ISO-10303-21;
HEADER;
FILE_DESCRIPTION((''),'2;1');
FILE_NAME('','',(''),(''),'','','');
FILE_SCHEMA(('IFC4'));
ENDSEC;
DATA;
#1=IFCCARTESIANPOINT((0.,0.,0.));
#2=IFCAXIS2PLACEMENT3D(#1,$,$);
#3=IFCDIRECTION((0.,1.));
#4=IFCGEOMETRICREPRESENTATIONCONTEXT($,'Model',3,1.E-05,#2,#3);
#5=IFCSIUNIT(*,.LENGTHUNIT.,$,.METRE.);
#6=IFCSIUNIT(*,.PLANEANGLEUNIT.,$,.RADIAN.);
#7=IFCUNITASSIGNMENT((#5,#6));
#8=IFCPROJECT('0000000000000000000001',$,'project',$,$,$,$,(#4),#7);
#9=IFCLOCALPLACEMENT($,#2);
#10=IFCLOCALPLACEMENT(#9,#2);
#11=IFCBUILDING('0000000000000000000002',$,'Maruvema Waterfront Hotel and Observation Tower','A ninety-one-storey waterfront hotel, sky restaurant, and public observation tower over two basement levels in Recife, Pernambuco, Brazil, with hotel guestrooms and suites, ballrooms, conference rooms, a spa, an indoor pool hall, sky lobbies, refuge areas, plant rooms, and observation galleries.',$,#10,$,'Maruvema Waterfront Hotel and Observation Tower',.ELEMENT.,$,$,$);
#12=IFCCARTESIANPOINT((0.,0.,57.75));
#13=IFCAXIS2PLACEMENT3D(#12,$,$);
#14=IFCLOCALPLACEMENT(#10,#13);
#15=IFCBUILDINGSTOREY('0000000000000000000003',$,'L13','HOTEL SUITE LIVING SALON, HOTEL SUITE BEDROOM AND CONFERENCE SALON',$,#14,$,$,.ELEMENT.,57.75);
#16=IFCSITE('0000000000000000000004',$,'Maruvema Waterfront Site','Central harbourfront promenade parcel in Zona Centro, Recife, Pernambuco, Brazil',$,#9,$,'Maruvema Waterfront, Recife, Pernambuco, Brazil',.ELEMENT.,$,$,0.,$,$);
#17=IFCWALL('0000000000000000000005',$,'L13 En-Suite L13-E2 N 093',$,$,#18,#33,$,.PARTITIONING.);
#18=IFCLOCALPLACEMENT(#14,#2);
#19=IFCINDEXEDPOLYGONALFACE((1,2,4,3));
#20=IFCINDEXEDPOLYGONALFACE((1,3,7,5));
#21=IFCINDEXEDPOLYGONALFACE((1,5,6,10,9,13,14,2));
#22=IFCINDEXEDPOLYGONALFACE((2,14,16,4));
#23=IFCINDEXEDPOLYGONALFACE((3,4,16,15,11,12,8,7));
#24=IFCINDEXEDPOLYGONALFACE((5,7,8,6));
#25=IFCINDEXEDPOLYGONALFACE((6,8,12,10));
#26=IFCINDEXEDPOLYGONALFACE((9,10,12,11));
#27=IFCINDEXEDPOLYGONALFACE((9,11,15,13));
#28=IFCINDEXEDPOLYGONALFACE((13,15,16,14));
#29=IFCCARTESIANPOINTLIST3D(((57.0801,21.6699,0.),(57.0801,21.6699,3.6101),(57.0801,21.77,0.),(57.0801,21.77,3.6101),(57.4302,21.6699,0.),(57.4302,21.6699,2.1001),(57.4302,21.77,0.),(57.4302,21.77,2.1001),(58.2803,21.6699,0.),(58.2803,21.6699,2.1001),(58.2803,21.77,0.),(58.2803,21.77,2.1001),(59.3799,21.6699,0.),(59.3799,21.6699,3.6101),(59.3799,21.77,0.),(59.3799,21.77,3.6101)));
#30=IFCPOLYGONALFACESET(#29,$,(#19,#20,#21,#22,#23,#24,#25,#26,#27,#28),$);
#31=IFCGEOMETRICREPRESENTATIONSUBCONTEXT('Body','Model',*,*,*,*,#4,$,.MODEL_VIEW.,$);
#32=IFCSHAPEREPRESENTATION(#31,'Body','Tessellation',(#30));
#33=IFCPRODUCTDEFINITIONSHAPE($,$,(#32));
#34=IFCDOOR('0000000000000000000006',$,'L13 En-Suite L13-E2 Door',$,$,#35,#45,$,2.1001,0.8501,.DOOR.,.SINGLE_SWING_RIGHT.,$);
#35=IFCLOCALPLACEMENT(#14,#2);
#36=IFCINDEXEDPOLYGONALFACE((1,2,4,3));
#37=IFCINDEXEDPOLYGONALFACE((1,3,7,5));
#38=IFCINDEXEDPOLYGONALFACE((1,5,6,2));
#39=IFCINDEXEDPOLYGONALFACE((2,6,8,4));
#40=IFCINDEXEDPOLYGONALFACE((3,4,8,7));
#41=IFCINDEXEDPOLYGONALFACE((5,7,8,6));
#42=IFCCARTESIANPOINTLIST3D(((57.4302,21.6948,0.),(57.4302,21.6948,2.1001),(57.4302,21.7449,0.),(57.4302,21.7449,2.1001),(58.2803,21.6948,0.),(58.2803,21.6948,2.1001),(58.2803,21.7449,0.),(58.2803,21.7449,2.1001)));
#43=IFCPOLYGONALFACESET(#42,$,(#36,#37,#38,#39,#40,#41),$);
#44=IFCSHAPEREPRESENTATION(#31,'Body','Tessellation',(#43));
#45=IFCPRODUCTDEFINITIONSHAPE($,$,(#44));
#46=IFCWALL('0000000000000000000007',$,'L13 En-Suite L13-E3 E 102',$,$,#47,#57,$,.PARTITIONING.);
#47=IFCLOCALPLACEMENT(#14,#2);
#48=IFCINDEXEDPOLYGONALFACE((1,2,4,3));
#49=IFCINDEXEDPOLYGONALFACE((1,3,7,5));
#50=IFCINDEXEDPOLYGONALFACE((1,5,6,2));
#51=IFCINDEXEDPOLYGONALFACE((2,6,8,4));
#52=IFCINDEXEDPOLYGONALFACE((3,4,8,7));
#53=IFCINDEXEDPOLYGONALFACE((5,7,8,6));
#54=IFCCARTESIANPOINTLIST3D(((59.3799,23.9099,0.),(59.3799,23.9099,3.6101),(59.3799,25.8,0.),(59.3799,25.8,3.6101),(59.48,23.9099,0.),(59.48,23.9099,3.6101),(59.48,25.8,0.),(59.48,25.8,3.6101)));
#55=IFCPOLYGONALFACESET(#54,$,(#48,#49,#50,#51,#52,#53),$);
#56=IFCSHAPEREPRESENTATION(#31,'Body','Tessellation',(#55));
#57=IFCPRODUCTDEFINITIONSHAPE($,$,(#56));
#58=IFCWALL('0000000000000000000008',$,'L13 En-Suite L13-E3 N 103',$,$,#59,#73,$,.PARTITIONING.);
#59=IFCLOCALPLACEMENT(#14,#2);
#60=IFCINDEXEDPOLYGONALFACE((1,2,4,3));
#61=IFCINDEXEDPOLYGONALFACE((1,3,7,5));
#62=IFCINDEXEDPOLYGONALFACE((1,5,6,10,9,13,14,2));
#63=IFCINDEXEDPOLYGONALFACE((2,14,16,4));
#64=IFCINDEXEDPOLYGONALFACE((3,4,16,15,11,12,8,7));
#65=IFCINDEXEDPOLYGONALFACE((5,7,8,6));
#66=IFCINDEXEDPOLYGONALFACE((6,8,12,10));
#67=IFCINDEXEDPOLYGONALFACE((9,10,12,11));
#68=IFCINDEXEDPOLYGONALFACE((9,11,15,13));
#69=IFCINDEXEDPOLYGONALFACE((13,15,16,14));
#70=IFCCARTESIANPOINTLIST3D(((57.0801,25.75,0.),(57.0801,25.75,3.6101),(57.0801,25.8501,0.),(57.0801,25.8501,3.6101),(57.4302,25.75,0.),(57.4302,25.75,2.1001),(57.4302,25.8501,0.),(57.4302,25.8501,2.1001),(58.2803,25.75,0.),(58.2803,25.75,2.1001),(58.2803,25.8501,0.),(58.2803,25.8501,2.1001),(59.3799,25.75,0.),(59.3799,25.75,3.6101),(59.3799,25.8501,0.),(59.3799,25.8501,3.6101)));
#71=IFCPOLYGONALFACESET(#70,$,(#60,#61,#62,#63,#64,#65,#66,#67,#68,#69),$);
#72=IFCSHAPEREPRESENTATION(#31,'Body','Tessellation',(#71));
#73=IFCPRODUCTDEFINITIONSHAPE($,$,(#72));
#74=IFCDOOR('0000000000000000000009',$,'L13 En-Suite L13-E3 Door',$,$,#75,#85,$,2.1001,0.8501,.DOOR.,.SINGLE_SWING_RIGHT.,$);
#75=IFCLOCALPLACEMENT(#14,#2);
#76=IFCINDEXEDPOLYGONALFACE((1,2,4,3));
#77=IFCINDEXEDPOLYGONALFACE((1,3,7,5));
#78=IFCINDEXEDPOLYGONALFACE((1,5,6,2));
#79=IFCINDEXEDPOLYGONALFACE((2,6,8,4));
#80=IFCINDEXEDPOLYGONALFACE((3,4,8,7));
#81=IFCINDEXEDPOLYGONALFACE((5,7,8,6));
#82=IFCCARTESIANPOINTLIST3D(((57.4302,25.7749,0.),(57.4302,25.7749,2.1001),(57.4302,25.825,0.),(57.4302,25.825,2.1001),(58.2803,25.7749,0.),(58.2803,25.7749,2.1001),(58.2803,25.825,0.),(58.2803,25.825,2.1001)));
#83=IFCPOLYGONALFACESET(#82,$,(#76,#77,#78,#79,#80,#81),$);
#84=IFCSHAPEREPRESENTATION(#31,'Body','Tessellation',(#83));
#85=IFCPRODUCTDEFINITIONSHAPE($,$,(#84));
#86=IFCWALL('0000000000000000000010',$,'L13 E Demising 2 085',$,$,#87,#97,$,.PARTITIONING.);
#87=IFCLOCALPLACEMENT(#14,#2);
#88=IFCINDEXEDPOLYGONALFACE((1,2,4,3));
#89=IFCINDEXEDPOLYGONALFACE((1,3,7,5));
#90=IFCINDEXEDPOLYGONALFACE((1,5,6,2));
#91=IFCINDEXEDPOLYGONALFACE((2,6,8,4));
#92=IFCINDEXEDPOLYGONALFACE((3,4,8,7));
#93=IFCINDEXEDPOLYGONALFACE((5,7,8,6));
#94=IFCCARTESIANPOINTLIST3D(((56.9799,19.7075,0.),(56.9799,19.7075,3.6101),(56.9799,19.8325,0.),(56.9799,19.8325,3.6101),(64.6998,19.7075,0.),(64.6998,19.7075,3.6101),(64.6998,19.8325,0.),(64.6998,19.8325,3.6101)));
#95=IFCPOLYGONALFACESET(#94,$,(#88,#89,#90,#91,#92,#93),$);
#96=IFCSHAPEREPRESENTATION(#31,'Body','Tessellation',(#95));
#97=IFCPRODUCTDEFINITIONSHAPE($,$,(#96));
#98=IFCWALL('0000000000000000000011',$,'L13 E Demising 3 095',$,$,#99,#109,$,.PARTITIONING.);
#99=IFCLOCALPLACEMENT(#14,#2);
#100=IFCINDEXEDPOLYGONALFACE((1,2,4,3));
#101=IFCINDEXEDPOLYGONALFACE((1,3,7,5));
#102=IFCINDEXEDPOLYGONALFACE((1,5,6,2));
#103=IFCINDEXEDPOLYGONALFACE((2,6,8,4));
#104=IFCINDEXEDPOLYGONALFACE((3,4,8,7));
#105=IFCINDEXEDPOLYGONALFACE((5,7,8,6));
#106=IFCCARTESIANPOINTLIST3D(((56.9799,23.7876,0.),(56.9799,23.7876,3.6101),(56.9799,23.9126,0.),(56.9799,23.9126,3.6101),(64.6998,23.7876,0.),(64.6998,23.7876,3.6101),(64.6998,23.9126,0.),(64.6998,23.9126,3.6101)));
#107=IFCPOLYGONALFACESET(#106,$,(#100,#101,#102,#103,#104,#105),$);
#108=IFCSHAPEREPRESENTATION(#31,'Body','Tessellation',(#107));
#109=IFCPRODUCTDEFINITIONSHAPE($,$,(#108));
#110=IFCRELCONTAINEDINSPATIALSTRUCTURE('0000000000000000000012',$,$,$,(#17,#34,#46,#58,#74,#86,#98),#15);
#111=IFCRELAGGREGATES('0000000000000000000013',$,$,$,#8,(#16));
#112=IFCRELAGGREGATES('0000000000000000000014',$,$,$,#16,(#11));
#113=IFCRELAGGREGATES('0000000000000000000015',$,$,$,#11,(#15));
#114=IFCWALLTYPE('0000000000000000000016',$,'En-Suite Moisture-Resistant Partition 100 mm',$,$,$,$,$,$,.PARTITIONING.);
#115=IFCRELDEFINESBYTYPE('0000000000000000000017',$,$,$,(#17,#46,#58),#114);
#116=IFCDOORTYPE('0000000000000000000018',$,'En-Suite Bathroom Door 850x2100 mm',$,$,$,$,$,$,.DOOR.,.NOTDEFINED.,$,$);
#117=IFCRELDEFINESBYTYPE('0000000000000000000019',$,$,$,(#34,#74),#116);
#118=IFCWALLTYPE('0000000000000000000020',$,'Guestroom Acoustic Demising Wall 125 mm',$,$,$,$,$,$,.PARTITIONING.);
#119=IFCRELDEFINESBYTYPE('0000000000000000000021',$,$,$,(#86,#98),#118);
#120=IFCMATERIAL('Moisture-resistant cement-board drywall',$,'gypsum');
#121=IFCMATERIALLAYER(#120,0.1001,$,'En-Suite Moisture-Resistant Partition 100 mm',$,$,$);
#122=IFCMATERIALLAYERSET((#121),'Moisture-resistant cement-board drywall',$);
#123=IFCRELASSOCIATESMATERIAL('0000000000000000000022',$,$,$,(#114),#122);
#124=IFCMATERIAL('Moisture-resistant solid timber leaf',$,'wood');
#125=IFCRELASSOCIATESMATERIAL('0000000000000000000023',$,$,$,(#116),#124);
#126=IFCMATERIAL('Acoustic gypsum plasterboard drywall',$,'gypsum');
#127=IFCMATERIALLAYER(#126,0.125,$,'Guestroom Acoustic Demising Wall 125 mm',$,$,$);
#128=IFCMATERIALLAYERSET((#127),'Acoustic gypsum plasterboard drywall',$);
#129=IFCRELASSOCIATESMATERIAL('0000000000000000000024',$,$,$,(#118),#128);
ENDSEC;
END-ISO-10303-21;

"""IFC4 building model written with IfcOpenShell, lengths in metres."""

from ifc_helpers import new_model, si_unit, direction, frame, frame_2d, origin, place, context, subcontext, project, spatial, rectangle, extrude, material, layer, layer_set, type_object, element, fill, save


model = new_model("IFC4")

# Units and contexts
model_context = context("Model", 3, precision=1e-05, world=origin(), true_north=direction((0.0, 1.0)))
body_context = subcontext(model_context, "Body", "Model", "MODEL_VIEW")
ifc_project = project(units=[si_unit("LENGTHUNIT", "METRE"), si_unit("PLANEANGLEUNIT", "RADIAN")], contexts=[model_context])

# Site, building, storey
site_placement = place(None, origin())
site = spatial("IfcSite", under=ifc_project, at=site_placement, Name="Maruvema Waterfront Site", Description="Central harbourfront promenade parcel in Zona Centro, Recife, Pernambuco, Brazil", LongName="Maruvema Waterfront, Recife, Pernambuco, Brazil", CompositionType="ELEMENT", RefElevation=0.0)
building_placement = place(site_placement, origin())
building = spatial("IfcBuilding", under=site, at=building_placement, Name="Maruvema Waterfront Hotel and Observation Tower", Description="A ninety-one-storey waterfront hotel, sky restaurant, and public observation tower over two basement levels in Recife, Pernambuco, Brazil, with hotel guestrooms and suites, ballrooms, conference rooms, a spa, an indoor pool hall, sky lobbies, refuge areas, plant rooms, and observation galleries.", LongName="Maruvema Waterfront Hotel and Observation Tower", CompositionType="ELEMENT")
storey_placement = place(building_placement, frame((0.0, 0.0, 57.75)))
storey = spatial("IfcBuildingStorey", under=building, at=storey_placement, Name="L13", Description="HOTEL SUITE LIVING SALON, HOTEL SUITE BEDROOM AND CONFERENCE SALON", CompositionType="ELEMENT", Elevation=57.75)

# Shared definitions
ifc_material_1 = material(Name="Moisture-resistant cement-board drywall", Category="gypsum")
ifc_layer_1 = layer(ifc_material_1, 0.1001, Name="En-Suite Moisture-Resistant Partition 100 mm")
ifc_layer_set_1 = layer_set([ifc_layer_1], Name="Moisture-resistant cement-board drywall")
wall_type_1 = type_object("IfcWallType", Name="En-Suite Moisture-Resistant Partition 100 mm", PredefinedType="PARTITIONING", material=ifc_layer_set_1)

# Wall, opening, door
wall_1_placement = place(storey_placement, frame((57.0801, 21.72, 0.0), z_axis=(0.0, 0.0, 1.0), x_axis=(1.0, 0.0, 0.0)))
wall_1 = element("IfcWall", 1, at=wall_1_placement, inside=storey, type_object=wall_type_1, Name="L13 En-Suite L13-E2 N 093", PredefinedType="PARTITIONING", context=body_context, shape_type="SweptSolid", body=[
    extrude(rectangle(XDim=2.2998, YDim=0.1001, at=frame_2d((1.1499, 0.0))), origin(), (0.0, 0.0, 1.0), 3.6101),
])
opening_1_placement = place(wall_1_placement, frame((0.3501, 0.0, 0.0)))
opening_1 = element("IfcOpeningElement", 2, at=opening_1_placement, cuts=wall_1, PredefinedType="OPENING", context=body_context, shape_type="SweptSolid", body=[
    extrude(rectangle(XDim=0.8501, YDim=2.1001, at=frame_2d((0.425, 1.05))), frame((0.0, 0.0601, 0.0), z_axis=(0.0, -1.0, 0.0), x_axis=(1.0, 0.0, 0.0)), (0.0, 0.0, 1.0), 0.1201),
])
ifc_material_2 = material(Name="Moisture-resistant solid timber leaf", Category="wood")
door_type_1 = type_object("IfcDoorType", Name="En-Suite Bathroom Door 850x2100 mm", OperationType="NOTDEFINED", PredefinedType="DOOR", material=ifc_material_2)
door_1_placement = place(opening_1_placement, origin())
door_1 = element("IfcDoor", 3, at=door_1_placement, inside=storey, type_object=door_type_1, Name="L13 En-Suite L13-E2 Door", OperationType="SINGLE_SWING_RIGHT", OverallHeight=2.1001, OverallWidth=0.8501, PredefinedType="DOOR", context=body_context, shape_type="SweptSolid", body=[
    extrude(rectangle(XDim=0.8501, YDim=2.1001, at=frame_2d((0.425, 1.05))), frame((0.0, 0.0249, 0.0), z_axis=(0.0, -1.0, 0.0), x_axis=(1.0, 0.0, 0.0)), (0.0, 0.0, 1.0), 0.05),
])
fill(opening_1, door_1)

# Wall
wall_2_placement = place(storey_placement, frame((59.4299, 23.9099, 0.0), z_axis=(0.0, 0.0, 1.0), x_axis=(0.0, 1.0, 0.0)))
element("IfcWall", 4, at=wall_2_placement, inside=storey, type_object=wall_type_1, Name="L13 En-Suite L13-E3 E 102", PredefinedType="PARTITIONING", context=body_context, shape_type="SweptSolid", body=[
    extrude(rectangle(XDim=1.8901, YDim=0.1001, at=frame_2d((0.9451, 0.0))), origin(), (0.0, 0.0, 1.0), 3.6101),
])

# Wall, opening, door
wall_3_placement = place(storey_placement, frame((57.0801, 25.8, 0.0), z_axis=(0.0, 0.0, 1.0), x_axis=(1.0, 0.0, 0.0)))
wall_3 = element("IfcWall", 5, at=wall_3_placement, inside=storey, type_object=wall_type_1, Name="L13 En-Suite L13-E3 N 103", PredefinedType="PARTITIONING", context=body_context, shape_type="SweptSolid", body=[
    extrude(rectangle(XDim=2.2998, YDim=0.1001, at=frame_2d((1.1499, 0.0))), origin(), (0.0, 0.0, 1.0), 3.6101),
])
opening_2_placement = place(wall_3_placement, frame((0.3501, 0.0, 0.0)))
opening_2 = element("IfcOpeningElement", 6, at=opening_2_placement, cuts=wall_3, PredefinedType="OPENING", context=body_context, shape_type="SweptSolid", body=[
    extrude(rectangle(XDim=0.8501, YDim=2.1001, at=frame_2d((0.425, 1.05))), frame((0.0, 0.0601, 0.0), z_axis=(0.0, -1.0, 0.0), x_axis=(1.0, 0.0, 0.0)), (0.0, 0.0, 1.0), 0.1201),
])
door_2_placement = place(opening_2_placement, origin())
door_2 = element("IfcDoor", 7, at=door_2_placement, inside=storey, type_object=door_type_1, Name="L13 En-Suite L13-E3 Door", OperationType="SINGLE_SWING_RIGHT", OverallHeight=2.1001, OverallWidth=0.8501, PredefinedType="DOOR", context=body_context, shape_type="SweptSolid", body=[
    extrude(rectangle(XDim=0.8501, YDim=2.1001, at=frame_2d((0.425, 1.05))), frame((0.0, 0.0249, 0.0), z_axis=(0.0, -1.0, 0.0), x_axis=(1.0, 0.0, 0.0)), (0.0, 0.0, 1.0), 0.05),
])
fill(opening_2, door_2)

# Walls
ifc_material_3 = material(Name="Acoustic gypsum plasterboard drywall", Category="gypsum")
ifc_layer_2 = layer(ifc_material_3, 0.125, Name="Guestroom Acoustic Demising Wall 125 mm")
ifc_layer_set_2 = layer_set([ifc_layer_2], Name="Acoustic gypsum plasterboard drywall")
wall_type_2 = type_object("IfcWallType", Name="Guestroom Acoustic Demising Wall 125 mm", PredefinedType="PARTITIONING", material=ifc_layer_set_2)
for number, where, z_axis, x_axis, name in (
    (8, (56.98, 19.77, 0.0), (0.0, 0.0, 1.0), (1.0, 0.0, 0.0), "L13 E Demising 2 085"),
    (9, (56.98, 23.8501, 0.0), (0.0, 0.0, 1.0), (1.0, 0.0, 0.0), "L13 E Demising 3 095"),
):
    element("IfcWall", number, at=place(storey_placement, frame(where, z_axis=z_axis, x_axis=x_axis)), inside=storey, type_object=wall_type_2, Name=name, PredefinedType="PARTITIONING", context=body_context, shape_type="SweptSolid", body=[
        extrude(rectangle(XDim=7.72, YDim=0.125, at=frame_2d((3.8599, 0.0))), origin(), (0.0, 0.0, 1.0), 3.6101),
    ])

save(model, "model.ifc")
